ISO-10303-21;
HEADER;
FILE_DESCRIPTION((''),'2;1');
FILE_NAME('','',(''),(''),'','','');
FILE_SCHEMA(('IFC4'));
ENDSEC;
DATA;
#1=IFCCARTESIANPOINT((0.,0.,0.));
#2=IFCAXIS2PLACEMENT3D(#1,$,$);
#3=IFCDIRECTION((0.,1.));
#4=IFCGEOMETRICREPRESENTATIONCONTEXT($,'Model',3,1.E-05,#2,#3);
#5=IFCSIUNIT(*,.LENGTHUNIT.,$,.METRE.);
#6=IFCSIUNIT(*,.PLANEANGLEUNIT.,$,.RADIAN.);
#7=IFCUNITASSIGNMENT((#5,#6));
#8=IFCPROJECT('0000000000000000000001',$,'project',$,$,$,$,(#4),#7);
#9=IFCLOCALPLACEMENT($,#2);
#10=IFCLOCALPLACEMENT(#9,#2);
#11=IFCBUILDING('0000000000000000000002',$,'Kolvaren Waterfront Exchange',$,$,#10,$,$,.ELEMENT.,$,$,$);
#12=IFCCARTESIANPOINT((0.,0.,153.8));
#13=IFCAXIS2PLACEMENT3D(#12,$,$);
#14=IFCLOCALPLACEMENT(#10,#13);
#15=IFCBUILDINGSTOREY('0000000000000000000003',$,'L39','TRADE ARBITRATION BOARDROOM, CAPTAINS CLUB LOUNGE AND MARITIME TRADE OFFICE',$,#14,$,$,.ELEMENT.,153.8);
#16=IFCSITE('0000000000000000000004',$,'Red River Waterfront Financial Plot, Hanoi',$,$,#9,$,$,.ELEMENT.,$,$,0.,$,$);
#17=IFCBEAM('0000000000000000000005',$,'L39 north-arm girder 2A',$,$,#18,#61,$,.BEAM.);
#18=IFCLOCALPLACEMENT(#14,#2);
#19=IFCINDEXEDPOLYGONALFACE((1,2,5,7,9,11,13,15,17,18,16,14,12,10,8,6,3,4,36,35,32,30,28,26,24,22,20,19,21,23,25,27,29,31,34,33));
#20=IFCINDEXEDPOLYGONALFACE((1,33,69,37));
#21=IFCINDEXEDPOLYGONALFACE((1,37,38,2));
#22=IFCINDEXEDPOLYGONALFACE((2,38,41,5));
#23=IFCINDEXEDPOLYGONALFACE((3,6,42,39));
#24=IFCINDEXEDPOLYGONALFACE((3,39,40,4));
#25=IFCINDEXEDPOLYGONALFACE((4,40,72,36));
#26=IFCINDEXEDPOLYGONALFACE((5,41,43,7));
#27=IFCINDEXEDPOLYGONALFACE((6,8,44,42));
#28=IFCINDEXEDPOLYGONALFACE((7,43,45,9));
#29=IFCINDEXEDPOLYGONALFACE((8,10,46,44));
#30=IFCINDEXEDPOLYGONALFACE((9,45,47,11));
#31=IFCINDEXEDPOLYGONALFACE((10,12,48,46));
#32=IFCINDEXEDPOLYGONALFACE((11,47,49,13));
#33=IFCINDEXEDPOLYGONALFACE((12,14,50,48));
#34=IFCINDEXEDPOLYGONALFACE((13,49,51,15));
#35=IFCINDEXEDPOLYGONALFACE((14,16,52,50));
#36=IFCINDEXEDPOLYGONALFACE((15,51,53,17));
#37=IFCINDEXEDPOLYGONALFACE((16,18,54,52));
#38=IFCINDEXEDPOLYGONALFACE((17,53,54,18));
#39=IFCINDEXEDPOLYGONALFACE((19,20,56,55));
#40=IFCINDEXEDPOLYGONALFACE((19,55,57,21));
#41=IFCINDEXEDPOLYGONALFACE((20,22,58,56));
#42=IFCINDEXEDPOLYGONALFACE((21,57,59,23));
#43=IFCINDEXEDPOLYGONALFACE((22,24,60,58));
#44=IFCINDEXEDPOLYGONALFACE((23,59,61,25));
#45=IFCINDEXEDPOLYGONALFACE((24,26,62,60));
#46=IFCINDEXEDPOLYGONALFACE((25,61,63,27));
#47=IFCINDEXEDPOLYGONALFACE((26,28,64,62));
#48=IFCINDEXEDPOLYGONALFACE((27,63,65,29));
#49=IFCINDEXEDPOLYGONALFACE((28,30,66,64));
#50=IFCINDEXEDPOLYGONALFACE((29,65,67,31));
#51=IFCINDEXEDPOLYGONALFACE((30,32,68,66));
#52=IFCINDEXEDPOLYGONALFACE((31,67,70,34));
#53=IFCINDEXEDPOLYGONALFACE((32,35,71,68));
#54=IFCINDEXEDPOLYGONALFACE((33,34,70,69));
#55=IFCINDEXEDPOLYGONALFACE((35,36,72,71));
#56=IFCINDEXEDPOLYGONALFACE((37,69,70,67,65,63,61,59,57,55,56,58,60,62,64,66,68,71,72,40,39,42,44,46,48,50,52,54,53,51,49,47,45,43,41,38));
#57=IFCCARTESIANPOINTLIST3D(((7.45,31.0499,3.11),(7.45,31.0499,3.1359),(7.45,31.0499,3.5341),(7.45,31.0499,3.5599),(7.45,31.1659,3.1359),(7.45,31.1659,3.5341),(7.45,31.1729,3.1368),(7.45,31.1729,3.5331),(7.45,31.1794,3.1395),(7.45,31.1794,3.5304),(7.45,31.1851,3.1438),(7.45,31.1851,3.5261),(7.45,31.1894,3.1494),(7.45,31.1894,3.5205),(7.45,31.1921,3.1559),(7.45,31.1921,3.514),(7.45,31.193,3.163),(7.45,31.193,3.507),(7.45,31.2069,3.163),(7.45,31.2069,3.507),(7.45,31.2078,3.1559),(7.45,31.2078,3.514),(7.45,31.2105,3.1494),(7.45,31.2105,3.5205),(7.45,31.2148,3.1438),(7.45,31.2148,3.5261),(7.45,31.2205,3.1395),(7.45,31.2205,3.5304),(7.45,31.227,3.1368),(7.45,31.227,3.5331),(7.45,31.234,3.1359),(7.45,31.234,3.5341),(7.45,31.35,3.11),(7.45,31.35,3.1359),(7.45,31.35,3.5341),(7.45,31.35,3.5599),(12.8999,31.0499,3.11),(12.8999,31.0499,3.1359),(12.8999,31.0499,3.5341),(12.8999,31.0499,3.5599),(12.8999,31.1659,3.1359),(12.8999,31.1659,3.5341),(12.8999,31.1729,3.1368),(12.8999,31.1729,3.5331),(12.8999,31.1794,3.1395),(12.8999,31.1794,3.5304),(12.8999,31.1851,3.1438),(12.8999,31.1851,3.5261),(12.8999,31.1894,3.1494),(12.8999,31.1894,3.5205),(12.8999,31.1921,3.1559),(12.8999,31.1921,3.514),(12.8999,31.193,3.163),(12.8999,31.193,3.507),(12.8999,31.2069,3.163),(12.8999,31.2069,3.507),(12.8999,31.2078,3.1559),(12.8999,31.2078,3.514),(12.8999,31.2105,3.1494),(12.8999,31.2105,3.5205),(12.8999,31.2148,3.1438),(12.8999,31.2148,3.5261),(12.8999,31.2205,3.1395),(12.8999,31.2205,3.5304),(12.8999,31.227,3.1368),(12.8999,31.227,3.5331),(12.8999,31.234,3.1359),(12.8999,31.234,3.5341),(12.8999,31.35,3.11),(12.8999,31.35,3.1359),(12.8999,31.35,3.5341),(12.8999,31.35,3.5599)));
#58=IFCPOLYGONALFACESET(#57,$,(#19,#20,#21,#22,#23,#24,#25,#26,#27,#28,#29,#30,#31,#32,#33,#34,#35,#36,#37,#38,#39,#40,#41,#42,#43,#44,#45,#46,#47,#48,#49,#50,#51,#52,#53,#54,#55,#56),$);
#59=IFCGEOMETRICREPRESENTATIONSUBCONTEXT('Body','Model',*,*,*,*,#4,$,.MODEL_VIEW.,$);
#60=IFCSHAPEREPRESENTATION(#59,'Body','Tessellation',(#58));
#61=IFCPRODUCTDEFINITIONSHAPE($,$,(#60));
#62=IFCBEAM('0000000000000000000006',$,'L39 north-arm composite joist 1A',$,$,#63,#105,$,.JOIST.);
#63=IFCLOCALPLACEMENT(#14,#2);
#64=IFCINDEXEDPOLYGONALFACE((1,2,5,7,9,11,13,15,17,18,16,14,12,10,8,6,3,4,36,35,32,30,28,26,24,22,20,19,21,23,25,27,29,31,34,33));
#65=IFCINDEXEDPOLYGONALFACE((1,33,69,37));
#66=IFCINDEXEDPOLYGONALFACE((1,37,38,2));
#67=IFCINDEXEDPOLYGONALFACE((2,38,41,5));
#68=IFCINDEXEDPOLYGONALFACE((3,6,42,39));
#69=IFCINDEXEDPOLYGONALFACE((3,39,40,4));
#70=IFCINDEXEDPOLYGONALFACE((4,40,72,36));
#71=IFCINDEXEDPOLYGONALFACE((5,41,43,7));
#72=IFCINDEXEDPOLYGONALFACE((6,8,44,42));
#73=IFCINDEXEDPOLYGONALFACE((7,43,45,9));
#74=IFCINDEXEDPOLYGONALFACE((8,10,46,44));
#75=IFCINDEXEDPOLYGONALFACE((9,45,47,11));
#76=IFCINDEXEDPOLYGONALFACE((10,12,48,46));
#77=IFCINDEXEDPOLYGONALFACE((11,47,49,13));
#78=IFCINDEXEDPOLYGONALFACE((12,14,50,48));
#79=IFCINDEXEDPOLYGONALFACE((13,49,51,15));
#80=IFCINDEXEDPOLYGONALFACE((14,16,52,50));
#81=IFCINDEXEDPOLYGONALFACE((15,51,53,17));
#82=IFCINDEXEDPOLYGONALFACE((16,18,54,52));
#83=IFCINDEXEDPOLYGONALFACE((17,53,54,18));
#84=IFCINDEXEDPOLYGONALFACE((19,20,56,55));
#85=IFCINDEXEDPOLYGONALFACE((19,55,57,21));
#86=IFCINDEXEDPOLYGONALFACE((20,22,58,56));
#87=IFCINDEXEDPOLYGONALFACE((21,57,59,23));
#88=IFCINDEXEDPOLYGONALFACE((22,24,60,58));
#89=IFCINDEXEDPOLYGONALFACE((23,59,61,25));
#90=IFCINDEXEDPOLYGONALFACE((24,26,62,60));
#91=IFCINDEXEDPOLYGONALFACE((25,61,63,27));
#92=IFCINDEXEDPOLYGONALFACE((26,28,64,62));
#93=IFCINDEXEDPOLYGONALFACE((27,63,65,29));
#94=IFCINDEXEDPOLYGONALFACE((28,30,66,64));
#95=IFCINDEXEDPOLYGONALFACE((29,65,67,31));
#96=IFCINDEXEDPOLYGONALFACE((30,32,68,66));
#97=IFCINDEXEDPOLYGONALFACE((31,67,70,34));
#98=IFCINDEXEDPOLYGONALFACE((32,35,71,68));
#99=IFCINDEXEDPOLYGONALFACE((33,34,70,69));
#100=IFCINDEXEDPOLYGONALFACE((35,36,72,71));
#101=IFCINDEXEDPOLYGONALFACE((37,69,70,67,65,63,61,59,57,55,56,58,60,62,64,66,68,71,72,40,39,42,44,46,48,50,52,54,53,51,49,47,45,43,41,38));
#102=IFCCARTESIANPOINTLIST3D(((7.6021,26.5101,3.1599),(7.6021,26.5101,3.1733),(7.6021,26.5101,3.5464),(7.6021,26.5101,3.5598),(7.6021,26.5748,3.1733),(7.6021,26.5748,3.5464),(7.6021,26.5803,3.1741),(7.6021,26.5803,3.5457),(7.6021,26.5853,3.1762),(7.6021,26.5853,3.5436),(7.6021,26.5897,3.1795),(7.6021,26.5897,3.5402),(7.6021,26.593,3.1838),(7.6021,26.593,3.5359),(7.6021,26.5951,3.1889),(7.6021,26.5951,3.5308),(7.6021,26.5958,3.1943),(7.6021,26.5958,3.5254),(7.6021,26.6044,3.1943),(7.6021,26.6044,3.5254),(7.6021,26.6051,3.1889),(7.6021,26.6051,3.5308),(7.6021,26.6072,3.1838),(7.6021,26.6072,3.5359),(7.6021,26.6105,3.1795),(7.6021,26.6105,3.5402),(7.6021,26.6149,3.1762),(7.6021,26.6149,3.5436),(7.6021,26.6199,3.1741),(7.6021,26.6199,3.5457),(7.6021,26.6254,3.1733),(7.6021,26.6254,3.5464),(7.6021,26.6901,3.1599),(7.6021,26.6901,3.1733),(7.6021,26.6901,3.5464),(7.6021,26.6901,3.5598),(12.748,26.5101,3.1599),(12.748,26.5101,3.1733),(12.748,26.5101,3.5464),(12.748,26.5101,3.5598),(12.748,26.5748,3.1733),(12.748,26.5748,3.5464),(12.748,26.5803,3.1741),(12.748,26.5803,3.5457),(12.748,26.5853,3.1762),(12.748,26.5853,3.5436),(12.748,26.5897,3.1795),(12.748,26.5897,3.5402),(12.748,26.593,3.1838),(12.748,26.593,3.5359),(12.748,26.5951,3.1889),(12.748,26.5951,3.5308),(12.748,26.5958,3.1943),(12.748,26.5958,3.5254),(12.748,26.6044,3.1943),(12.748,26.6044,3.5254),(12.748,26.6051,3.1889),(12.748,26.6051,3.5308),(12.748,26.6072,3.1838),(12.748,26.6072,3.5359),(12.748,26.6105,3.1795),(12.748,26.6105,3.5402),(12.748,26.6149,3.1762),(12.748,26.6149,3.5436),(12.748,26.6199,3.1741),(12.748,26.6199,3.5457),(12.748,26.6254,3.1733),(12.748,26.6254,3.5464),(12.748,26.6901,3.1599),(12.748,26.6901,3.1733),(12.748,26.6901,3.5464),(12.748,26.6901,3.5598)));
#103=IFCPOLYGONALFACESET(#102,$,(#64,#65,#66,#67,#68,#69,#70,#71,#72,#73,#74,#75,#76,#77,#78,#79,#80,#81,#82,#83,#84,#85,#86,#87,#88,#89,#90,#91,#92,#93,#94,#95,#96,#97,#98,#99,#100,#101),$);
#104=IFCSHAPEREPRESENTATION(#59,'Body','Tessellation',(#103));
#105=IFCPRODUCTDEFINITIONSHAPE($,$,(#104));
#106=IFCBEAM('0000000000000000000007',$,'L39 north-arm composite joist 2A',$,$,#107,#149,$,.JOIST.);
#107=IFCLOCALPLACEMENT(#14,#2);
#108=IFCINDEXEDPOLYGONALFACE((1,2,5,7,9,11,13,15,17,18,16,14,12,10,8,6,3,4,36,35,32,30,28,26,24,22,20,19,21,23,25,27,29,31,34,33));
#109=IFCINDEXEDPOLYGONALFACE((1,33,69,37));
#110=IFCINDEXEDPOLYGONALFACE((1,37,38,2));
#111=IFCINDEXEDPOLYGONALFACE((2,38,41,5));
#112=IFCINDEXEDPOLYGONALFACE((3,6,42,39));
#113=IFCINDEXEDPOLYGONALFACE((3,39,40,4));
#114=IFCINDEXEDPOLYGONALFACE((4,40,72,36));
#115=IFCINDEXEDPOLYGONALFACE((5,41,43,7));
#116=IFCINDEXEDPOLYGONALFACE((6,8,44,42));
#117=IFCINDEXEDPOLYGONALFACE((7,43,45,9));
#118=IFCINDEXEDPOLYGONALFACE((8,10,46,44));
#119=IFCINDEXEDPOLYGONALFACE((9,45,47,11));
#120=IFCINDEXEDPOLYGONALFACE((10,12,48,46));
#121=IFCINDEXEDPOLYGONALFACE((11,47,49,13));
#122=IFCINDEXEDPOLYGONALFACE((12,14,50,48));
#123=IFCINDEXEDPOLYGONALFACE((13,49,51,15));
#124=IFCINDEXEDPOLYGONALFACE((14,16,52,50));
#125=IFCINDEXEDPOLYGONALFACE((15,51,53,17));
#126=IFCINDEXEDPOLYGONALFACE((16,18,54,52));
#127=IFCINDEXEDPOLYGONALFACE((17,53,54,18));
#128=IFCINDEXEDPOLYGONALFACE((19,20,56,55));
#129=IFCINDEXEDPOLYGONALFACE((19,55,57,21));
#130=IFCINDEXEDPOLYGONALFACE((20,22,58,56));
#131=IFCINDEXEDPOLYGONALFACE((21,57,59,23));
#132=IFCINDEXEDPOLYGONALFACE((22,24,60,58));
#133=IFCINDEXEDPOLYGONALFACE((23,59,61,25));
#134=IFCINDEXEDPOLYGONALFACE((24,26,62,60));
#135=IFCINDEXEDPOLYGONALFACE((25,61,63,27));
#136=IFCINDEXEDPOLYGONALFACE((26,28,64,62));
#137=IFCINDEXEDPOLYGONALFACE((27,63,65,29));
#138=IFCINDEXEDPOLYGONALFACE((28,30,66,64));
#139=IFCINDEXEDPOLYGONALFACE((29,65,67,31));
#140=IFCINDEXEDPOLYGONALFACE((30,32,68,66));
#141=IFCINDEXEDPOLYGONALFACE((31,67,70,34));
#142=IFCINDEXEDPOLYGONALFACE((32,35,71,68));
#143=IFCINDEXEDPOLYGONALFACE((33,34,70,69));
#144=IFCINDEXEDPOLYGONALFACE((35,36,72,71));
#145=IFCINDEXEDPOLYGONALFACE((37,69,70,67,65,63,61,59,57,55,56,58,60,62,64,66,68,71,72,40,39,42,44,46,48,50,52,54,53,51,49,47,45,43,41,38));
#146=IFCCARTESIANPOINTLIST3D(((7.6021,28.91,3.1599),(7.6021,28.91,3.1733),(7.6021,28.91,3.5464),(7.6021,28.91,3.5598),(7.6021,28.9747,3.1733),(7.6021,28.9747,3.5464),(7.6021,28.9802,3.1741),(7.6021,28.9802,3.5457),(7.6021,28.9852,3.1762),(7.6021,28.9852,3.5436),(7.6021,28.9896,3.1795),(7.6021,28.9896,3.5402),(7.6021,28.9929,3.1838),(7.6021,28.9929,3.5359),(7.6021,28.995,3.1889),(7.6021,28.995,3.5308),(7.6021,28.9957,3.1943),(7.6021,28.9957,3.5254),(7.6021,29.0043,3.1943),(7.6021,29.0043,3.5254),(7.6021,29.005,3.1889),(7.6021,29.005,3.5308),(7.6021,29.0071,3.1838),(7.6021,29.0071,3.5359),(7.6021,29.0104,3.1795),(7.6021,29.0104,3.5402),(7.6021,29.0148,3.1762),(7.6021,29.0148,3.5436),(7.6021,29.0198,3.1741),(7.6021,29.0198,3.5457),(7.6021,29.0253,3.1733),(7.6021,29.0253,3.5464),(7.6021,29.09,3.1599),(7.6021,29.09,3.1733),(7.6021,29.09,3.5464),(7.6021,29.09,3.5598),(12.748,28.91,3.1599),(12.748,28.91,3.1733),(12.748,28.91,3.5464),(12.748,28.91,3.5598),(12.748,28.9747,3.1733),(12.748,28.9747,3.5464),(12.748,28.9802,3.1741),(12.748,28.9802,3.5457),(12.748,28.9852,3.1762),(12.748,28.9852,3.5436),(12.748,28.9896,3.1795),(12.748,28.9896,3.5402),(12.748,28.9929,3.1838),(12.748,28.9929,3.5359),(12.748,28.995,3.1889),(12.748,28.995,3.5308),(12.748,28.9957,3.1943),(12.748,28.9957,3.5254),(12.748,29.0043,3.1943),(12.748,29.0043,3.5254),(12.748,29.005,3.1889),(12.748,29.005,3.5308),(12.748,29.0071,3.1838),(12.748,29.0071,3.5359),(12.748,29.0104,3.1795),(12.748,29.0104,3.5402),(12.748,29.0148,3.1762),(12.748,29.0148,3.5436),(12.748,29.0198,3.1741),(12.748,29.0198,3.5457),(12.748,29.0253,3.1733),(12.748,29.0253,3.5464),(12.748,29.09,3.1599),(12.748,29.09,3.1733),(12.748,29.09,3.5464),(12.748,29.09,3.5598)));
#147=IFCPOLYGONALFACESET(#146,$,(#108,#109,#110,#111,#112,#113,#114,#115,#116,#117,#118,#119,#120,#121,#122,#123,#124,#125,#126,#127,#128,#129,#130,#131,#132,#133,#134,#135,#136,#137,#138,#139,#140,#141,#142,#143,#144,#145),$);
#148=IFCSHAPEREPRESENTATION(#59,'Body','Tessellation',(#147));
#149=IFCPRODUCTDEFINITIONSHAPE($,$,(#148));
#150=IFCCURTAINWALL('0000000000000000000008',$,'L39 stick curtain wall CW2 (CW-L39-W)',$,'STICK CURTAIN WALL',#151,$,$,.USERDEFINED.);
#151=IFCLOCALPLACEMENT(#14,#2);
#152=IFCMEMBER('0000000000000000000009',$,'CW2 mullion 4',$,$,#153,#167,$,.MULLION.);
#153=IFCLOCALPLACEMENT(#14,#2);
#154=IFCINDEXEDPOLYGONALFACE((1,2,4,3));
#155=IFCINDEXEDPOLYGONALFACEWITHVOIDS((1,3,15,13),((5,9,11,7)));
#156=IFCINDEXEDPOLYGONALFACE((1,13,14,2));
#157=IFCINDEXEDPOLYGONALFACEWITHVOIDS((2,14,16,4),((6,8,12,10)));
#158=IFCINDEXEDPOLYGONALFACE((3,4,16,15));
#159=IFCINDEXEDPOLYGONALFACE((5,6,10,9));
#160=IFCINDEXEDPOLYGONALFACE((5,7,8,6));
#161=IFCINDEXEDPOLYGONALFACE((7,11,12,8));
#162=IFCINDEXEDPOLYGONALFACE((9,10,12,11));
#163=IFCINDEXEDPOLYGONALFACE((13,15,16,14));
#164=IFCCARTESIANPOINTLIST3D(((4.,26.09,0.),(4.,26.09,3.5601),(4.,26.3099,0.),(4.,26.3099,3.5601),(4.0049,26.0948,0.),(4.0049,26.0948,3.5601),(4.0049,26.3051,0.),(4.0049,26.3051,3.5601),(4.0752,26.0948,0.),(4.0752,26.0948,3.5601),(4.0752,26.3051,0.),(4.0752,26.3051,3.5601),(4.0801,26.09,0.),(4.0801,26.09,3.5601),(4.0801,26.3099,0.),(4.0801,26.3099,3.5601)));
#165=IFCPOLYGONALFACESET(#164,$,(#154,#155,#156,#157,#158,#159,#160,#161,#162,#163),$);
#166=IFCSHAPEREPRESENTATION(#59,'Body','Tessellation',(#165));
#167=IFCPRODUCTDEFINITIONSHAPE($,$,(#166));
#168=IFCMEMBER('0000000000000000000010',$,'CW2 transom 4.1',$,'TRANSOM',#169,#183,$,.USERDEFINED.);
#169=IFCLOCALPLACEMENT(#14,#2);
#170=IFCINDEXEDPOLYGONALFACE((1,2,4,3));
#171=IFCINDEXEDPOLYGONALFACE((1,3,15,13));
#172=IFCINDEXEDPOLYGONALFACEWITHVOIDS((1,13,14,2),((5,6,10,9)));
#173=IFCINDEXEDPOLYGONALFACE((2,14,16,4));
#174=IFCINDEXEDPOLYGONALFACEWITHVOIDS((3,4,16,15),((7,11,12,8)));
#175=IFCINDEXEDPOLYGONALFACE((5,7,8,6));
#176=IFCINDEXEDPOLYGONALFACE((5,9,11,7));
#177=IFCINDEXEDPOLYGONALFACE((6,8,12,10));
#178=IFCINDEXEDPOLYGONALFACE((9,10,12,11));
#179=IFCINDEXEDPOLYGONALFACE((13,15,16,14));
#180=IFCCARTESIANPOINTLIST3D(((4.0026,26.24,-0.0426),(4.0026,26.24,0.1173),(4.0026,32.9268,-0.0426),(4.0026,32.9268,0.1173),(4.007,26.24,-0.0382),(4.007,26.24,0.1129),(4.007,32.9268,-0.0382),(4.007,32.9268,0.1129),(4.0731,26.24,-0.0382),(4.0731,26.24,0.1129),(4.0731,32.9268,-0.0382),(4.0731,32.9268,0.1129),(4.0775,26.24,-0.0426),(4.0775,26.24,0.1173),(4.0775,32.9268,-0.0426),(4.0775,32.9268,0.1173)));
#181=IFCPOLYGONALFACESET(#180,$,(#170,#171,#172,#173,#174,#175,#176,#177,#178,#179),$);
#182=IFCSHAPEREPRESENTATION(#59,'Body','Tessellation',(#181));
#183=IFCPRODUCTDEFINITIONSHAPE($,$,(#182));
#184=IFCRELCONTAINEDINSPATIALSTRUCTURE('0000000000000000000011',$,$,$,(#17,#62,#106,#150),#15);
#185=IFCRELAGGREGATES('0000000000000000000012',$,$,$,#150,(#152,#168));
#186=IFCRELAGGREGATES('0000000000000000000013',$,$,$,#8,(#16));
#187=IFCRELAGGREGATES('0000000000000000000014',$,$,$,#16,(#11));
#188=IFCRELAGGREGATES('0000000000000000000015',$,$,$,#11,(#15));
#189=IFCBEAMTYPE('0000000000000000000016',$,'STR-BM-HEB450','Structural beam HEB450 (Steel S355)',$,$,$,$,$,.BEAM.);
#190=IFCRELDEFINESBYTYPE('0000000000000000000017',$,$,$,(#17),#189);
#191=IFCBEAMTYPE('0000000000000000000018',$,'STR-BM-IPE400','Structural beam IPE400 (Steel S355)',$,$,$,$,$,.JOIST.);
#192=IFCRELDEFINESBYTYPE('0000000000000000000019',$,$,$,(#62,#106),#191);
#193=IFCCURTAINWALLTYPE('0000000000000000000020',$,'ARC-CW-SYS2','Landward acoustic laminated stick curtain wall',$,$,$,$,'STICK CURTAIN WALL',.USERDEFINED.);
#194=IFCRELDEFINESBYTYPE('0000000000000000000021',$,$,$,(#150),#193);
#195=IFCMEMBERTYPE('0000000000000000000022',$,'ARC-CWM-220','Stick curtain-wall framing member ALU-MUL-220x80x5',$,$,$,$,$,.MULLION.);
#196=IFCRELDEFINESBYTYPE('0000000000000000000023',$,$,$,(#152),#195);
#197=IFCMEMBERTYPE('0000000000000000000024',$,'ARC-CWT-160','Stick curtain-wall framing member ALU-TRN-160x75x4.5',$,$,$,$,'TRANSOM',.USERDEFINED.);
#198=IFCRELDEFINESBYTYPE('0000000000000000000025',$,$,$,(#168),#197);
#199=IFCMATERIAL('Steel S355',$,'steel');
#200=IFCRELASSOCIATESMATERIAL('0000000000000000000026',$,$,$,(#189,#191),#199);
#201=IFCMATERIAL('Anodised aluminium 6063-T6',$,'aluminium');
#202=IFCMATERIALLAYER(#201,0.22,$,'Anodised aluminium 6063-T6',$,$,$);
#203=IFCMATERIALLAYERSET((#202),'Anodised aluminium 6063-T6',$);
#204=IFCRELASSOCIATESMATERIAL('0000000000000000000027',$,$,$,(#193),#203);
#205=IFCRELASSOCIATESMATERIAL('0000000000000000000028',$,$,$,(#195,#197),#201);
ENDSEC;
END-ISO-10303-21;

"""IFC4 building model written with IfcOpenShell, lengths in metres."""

from ifc_helpers import new_model, si_unit, direction, frame, origin, origin_with_axes, origin_2d, place, context, subcontext, project, spatial, hollow_rectangle, i_section, extrude, source, transform, mapped, material, layer, layer_set, material_profile, profile_set, type_object, element, aggregate, save


model = new_model("IFC4")

# Units and contexts
model_context = context("Model", 3, precision=1e-05, world=origin(), true_north=direction((0.0, 1.0)))
body_context = subcontext(model_context, "Body", "Model", "MODEL_VIEW")
ifc_project = project(units=[si_unit("LENGTHUNIT", "METRE"), si_unit("PLANEANGLEUNIT", "RADIAN")], contexts=[model_context])

# Site, building, storey
site_placement = place(None, origin())
site = spatial("IfcSite", under=ifc_project, at=site_placement, Name="Red River Waterfront Financial Plot, Hanoi", CompositionType="ELEMENT", RefElevation=0.0)
building_placement = place(site_placement, origin())
building = spatial("IfcBuilding", under=site, at=building_placement, Name="Kolvaren Waterfront Exchange", CompositionType="ELEMENT")
storey_placement = place(building_placement, frame((0.0, 0.0, 153.8)))
storey = spatial("IfcBuildingStorey", under=building, at=storey_placement, Name="L39", Description="TRADE ARBITRATION BOARDROOM, CAPTAINS CLUB LOUNGE AND MARITIME TRADE OFFICE", CompositionType="ELEMENT", Elevation=153.8)

# Beams
ifc_material_1 = material(Name="Steel S355", Category="steel")
ifc_material_profile_1 = material_profile(ifc_material_1, i_section(OverallWidth=0.3, OverallDepth=0.45, WebThickness=0.0139, FlangeThickness=0.0259, FilletRadius=0.0271, at=origin_2d()), Name="HEB450")
ifc_profile_set_1 = profile_set([ifc_material_profile_1], Name="Steel S355")
beam_type_1 = type_object("IfcBeamType", Name="STR-BM-HEB450", Description="Structural beam HEB450 (Steel S355)", PredefinedType="BEAM", material=ifc_profile_set_1)
for number, where, z_axis, x_axis, name in (
    (1, (7.45, 31.2, 3.335), (1.0, 0.0, 0.0), (0.0, 1.0, 0.0), "L39 north-arm girder 2A"),
):
    element("IfcBeam", number, at=place(storey_placement, frame(where, z_axis=z_axis, x_axis=x_axis)), inside=storey, type_object=beam_type_1, Name=name, PredefinedType="BEAM", context=body_context, shape_type="SweptSolid", body=[
        extrude(i_section(OverallWidth=0.3, OverallDepth=0.45, WebThickness=0.0139, FlangeThickness=0.0259, FilletRadius=0.0271, at=origin_2d()), origin(), (0.0, 0.0, 1.0), 5.45),
    ])
ifc_material_profile_2 = material_profile(ifc_material_1, i_section(OverallWidth=0.1799, OverallDepth=0.3999, WebThickness=0.0085, FlangeThickness=0.0134, FilletRadius=0.021, at=origin_2d()), Name="IPE400")
ifc_profile_set_2 = profile_set([ifc_material_profile_2], Name="Steel S355")
beam_type_2 = type_object("IfcBeamType", Name="STR-BM-IPE400", Description="Structural beam IPE400 (Steel S355)", PredefinedType="JOIST", material=ifc_profile_set_2)
for number, where, z_axis, x_axis, name in (
    (2, (7.6021, 26.6001, 3.3599), (1.0, 0.0, 0.0), (0.0, 1.0, 0.0), "L39 north-arm composite joist 1A"),
    (3, (7.6021, 29.0, 3.3599), (1.0, 0.0, 0.0), (0.0, 1.0, 0.0), "L39 north-arm composite joist 2A"),
):
    element("IfcBeam", number, at=place(storey_placement, frame(where, z_axis=z_axis, x_axis=x_axis)), inside=storey, type_object=beam_type_2, Name=name, PredefinedType="JOIST", context=body_context, shape_type="SweptSolid", body=[
        extrude(i_section(OverallWidth=0.1799, OverallDepth=0.3999, WebThickness=0.0085, FlangeThickness=0.0134, FilletRadius=0.021, at=origin_2d()), origin(), (0.0, 0.0, 1.0), 5.146),
    ])

# Curtain wall, members
ifc_material_2 = material(Name="Anodised aluminium 6063-T6", Category="aluminium")
ifc_layer_1 = layer(ifc_material_2, 0.22, Name="Anodised aluminium 6063-T6")
ifc_layer_set_1 = layer_set([ifc_layer_1], Name="Anodised aluminium 6063-T6")
curtain_wall_type = type_object("IfcCurtainWallType", Name="ARC-CW-SYS2", Description="Landward acoustic laminated stick curtain wall", ElementType="STICK CURTAIN WALL", PredefinedType="USERDEFINED", material=ifc_layer_set_1)
curtain_wall_placement = place(storey_placement, origin())
curtain_wall = element("IfcCurtainWall", 4, at=curtain_wall_placement, inside=storey, type_object=curtain_wall_type, Name="L39 stick curtain wall CW2 (CW-L39-W)", ObjectType="STICK CURTAIN WALL", PredefinedType="USERDEFINED")
ifc_material_profile_3 = material_profile(ifc_material_2, hollow_rectangle(XDim=0.0801, YDim=0.22, WallThickness=0.0049, at=origin_2d()), Name="ALU-MUL-220x80x5")
ifc_profile_set_3 = profile_set([ifc_material_profile_3], Name="Anodised aluminium 6063-T6")
member_type_1 = type_object("IfcMemberType", Name="ARC-CWM-220", Description="Stick curtain-wall framing member ALU-MUL-220x80x5", PredefinedType="MULLION", material=ifc_profile_set_3)
shared_shape_1 = source(origin_with_axes(), body_context, "Body", "SweptSolid", [
    extrude(hollow_rectangle(XDim=0.0801, YDim=0.22, WallThickness=0.0049, at=origin_2d()), origin(), (0.0, 0.0, 1.0), 3.5601),
])
member_1_placement = place(storey_placement, frame((4.04, 26.2, 0.0), z_axis=(0.0, 0.0, 1.0), x_axis=(-1.0, 0.0, 0.0)))
member_1 = element("IfcMember", 5, at=member_1_placement, type_object=member_type_1, Name="CW2 mullion 4", PredefinedType="MULLION", context=body_context, shape_type="MappedRepresentation", body=[
    mapped(shared_shape_1, transform((0.0, 0.0, 0.0), x_axis=(1.0, 0.0, 0.0), y_axis=(0.0, 1.0, 0.0), z_axis=(0.0, 0.0, 1.0), scale=1.0)),
])
ifc_material_profile_4 = material_profile(ifc_material_2, hollow_rectangle(XDim=0.075, YDim=0.1599, WallThickness=0.0044, at=origin_2d()), Name="ALU-TRN-160x75x4.5")
ifc_profile_set_4 = profile_set([ifc_material_profile_4], Name="Anodised aluminium 6063-T6")
member_type_2 = type_object("IfcMemberType", Name="ARC-CWT-160", Description="Stick curtain-wall framing member ALU-TRN-160x75x4.5", ElementType="TRANSOM", PredefinedType="USERDEFINED", material=ifc_profile_set_4)
shared_shape_2 = source(origin_with_axes(), body_context, "Body", "SweptSolid", [
    extrude(hollow_rectangle(XDim=0.075, YDim=0.1599, WallThickness=0.0044, at=origin_2d()), origin(), (0.0, 0.0, 1.0), 6.6868),
])
member_2_placement = place(storey_placement, frame((4.04, 26.24, 0.0374), z_axis=(0.0, 1.0, 0.0), x_axis=(-1.0, 0.0, 0.0)))
member_2 = element("IfcMember", 6, at=member_2_placement, type_object=member_type_2, Name="CW2 transom 4.1", ObjectType="TRANSOM", PredefinedType="USERDEFINED", context=body_context, shape_type="MappedRepresentation", body=[
    mapped(shared_shape_2, transform((0.0, 0.0, 0.0), x_axis=(1.0, 0.0, 0.0), y_axis=(0.0, 1.0, 0.0), z_axis=(0.0, 0.0, 1.0), scale=1.0)),
])
aggregate(curtain_wall, [member_1, member_2])

save(model, "model.ifc")
